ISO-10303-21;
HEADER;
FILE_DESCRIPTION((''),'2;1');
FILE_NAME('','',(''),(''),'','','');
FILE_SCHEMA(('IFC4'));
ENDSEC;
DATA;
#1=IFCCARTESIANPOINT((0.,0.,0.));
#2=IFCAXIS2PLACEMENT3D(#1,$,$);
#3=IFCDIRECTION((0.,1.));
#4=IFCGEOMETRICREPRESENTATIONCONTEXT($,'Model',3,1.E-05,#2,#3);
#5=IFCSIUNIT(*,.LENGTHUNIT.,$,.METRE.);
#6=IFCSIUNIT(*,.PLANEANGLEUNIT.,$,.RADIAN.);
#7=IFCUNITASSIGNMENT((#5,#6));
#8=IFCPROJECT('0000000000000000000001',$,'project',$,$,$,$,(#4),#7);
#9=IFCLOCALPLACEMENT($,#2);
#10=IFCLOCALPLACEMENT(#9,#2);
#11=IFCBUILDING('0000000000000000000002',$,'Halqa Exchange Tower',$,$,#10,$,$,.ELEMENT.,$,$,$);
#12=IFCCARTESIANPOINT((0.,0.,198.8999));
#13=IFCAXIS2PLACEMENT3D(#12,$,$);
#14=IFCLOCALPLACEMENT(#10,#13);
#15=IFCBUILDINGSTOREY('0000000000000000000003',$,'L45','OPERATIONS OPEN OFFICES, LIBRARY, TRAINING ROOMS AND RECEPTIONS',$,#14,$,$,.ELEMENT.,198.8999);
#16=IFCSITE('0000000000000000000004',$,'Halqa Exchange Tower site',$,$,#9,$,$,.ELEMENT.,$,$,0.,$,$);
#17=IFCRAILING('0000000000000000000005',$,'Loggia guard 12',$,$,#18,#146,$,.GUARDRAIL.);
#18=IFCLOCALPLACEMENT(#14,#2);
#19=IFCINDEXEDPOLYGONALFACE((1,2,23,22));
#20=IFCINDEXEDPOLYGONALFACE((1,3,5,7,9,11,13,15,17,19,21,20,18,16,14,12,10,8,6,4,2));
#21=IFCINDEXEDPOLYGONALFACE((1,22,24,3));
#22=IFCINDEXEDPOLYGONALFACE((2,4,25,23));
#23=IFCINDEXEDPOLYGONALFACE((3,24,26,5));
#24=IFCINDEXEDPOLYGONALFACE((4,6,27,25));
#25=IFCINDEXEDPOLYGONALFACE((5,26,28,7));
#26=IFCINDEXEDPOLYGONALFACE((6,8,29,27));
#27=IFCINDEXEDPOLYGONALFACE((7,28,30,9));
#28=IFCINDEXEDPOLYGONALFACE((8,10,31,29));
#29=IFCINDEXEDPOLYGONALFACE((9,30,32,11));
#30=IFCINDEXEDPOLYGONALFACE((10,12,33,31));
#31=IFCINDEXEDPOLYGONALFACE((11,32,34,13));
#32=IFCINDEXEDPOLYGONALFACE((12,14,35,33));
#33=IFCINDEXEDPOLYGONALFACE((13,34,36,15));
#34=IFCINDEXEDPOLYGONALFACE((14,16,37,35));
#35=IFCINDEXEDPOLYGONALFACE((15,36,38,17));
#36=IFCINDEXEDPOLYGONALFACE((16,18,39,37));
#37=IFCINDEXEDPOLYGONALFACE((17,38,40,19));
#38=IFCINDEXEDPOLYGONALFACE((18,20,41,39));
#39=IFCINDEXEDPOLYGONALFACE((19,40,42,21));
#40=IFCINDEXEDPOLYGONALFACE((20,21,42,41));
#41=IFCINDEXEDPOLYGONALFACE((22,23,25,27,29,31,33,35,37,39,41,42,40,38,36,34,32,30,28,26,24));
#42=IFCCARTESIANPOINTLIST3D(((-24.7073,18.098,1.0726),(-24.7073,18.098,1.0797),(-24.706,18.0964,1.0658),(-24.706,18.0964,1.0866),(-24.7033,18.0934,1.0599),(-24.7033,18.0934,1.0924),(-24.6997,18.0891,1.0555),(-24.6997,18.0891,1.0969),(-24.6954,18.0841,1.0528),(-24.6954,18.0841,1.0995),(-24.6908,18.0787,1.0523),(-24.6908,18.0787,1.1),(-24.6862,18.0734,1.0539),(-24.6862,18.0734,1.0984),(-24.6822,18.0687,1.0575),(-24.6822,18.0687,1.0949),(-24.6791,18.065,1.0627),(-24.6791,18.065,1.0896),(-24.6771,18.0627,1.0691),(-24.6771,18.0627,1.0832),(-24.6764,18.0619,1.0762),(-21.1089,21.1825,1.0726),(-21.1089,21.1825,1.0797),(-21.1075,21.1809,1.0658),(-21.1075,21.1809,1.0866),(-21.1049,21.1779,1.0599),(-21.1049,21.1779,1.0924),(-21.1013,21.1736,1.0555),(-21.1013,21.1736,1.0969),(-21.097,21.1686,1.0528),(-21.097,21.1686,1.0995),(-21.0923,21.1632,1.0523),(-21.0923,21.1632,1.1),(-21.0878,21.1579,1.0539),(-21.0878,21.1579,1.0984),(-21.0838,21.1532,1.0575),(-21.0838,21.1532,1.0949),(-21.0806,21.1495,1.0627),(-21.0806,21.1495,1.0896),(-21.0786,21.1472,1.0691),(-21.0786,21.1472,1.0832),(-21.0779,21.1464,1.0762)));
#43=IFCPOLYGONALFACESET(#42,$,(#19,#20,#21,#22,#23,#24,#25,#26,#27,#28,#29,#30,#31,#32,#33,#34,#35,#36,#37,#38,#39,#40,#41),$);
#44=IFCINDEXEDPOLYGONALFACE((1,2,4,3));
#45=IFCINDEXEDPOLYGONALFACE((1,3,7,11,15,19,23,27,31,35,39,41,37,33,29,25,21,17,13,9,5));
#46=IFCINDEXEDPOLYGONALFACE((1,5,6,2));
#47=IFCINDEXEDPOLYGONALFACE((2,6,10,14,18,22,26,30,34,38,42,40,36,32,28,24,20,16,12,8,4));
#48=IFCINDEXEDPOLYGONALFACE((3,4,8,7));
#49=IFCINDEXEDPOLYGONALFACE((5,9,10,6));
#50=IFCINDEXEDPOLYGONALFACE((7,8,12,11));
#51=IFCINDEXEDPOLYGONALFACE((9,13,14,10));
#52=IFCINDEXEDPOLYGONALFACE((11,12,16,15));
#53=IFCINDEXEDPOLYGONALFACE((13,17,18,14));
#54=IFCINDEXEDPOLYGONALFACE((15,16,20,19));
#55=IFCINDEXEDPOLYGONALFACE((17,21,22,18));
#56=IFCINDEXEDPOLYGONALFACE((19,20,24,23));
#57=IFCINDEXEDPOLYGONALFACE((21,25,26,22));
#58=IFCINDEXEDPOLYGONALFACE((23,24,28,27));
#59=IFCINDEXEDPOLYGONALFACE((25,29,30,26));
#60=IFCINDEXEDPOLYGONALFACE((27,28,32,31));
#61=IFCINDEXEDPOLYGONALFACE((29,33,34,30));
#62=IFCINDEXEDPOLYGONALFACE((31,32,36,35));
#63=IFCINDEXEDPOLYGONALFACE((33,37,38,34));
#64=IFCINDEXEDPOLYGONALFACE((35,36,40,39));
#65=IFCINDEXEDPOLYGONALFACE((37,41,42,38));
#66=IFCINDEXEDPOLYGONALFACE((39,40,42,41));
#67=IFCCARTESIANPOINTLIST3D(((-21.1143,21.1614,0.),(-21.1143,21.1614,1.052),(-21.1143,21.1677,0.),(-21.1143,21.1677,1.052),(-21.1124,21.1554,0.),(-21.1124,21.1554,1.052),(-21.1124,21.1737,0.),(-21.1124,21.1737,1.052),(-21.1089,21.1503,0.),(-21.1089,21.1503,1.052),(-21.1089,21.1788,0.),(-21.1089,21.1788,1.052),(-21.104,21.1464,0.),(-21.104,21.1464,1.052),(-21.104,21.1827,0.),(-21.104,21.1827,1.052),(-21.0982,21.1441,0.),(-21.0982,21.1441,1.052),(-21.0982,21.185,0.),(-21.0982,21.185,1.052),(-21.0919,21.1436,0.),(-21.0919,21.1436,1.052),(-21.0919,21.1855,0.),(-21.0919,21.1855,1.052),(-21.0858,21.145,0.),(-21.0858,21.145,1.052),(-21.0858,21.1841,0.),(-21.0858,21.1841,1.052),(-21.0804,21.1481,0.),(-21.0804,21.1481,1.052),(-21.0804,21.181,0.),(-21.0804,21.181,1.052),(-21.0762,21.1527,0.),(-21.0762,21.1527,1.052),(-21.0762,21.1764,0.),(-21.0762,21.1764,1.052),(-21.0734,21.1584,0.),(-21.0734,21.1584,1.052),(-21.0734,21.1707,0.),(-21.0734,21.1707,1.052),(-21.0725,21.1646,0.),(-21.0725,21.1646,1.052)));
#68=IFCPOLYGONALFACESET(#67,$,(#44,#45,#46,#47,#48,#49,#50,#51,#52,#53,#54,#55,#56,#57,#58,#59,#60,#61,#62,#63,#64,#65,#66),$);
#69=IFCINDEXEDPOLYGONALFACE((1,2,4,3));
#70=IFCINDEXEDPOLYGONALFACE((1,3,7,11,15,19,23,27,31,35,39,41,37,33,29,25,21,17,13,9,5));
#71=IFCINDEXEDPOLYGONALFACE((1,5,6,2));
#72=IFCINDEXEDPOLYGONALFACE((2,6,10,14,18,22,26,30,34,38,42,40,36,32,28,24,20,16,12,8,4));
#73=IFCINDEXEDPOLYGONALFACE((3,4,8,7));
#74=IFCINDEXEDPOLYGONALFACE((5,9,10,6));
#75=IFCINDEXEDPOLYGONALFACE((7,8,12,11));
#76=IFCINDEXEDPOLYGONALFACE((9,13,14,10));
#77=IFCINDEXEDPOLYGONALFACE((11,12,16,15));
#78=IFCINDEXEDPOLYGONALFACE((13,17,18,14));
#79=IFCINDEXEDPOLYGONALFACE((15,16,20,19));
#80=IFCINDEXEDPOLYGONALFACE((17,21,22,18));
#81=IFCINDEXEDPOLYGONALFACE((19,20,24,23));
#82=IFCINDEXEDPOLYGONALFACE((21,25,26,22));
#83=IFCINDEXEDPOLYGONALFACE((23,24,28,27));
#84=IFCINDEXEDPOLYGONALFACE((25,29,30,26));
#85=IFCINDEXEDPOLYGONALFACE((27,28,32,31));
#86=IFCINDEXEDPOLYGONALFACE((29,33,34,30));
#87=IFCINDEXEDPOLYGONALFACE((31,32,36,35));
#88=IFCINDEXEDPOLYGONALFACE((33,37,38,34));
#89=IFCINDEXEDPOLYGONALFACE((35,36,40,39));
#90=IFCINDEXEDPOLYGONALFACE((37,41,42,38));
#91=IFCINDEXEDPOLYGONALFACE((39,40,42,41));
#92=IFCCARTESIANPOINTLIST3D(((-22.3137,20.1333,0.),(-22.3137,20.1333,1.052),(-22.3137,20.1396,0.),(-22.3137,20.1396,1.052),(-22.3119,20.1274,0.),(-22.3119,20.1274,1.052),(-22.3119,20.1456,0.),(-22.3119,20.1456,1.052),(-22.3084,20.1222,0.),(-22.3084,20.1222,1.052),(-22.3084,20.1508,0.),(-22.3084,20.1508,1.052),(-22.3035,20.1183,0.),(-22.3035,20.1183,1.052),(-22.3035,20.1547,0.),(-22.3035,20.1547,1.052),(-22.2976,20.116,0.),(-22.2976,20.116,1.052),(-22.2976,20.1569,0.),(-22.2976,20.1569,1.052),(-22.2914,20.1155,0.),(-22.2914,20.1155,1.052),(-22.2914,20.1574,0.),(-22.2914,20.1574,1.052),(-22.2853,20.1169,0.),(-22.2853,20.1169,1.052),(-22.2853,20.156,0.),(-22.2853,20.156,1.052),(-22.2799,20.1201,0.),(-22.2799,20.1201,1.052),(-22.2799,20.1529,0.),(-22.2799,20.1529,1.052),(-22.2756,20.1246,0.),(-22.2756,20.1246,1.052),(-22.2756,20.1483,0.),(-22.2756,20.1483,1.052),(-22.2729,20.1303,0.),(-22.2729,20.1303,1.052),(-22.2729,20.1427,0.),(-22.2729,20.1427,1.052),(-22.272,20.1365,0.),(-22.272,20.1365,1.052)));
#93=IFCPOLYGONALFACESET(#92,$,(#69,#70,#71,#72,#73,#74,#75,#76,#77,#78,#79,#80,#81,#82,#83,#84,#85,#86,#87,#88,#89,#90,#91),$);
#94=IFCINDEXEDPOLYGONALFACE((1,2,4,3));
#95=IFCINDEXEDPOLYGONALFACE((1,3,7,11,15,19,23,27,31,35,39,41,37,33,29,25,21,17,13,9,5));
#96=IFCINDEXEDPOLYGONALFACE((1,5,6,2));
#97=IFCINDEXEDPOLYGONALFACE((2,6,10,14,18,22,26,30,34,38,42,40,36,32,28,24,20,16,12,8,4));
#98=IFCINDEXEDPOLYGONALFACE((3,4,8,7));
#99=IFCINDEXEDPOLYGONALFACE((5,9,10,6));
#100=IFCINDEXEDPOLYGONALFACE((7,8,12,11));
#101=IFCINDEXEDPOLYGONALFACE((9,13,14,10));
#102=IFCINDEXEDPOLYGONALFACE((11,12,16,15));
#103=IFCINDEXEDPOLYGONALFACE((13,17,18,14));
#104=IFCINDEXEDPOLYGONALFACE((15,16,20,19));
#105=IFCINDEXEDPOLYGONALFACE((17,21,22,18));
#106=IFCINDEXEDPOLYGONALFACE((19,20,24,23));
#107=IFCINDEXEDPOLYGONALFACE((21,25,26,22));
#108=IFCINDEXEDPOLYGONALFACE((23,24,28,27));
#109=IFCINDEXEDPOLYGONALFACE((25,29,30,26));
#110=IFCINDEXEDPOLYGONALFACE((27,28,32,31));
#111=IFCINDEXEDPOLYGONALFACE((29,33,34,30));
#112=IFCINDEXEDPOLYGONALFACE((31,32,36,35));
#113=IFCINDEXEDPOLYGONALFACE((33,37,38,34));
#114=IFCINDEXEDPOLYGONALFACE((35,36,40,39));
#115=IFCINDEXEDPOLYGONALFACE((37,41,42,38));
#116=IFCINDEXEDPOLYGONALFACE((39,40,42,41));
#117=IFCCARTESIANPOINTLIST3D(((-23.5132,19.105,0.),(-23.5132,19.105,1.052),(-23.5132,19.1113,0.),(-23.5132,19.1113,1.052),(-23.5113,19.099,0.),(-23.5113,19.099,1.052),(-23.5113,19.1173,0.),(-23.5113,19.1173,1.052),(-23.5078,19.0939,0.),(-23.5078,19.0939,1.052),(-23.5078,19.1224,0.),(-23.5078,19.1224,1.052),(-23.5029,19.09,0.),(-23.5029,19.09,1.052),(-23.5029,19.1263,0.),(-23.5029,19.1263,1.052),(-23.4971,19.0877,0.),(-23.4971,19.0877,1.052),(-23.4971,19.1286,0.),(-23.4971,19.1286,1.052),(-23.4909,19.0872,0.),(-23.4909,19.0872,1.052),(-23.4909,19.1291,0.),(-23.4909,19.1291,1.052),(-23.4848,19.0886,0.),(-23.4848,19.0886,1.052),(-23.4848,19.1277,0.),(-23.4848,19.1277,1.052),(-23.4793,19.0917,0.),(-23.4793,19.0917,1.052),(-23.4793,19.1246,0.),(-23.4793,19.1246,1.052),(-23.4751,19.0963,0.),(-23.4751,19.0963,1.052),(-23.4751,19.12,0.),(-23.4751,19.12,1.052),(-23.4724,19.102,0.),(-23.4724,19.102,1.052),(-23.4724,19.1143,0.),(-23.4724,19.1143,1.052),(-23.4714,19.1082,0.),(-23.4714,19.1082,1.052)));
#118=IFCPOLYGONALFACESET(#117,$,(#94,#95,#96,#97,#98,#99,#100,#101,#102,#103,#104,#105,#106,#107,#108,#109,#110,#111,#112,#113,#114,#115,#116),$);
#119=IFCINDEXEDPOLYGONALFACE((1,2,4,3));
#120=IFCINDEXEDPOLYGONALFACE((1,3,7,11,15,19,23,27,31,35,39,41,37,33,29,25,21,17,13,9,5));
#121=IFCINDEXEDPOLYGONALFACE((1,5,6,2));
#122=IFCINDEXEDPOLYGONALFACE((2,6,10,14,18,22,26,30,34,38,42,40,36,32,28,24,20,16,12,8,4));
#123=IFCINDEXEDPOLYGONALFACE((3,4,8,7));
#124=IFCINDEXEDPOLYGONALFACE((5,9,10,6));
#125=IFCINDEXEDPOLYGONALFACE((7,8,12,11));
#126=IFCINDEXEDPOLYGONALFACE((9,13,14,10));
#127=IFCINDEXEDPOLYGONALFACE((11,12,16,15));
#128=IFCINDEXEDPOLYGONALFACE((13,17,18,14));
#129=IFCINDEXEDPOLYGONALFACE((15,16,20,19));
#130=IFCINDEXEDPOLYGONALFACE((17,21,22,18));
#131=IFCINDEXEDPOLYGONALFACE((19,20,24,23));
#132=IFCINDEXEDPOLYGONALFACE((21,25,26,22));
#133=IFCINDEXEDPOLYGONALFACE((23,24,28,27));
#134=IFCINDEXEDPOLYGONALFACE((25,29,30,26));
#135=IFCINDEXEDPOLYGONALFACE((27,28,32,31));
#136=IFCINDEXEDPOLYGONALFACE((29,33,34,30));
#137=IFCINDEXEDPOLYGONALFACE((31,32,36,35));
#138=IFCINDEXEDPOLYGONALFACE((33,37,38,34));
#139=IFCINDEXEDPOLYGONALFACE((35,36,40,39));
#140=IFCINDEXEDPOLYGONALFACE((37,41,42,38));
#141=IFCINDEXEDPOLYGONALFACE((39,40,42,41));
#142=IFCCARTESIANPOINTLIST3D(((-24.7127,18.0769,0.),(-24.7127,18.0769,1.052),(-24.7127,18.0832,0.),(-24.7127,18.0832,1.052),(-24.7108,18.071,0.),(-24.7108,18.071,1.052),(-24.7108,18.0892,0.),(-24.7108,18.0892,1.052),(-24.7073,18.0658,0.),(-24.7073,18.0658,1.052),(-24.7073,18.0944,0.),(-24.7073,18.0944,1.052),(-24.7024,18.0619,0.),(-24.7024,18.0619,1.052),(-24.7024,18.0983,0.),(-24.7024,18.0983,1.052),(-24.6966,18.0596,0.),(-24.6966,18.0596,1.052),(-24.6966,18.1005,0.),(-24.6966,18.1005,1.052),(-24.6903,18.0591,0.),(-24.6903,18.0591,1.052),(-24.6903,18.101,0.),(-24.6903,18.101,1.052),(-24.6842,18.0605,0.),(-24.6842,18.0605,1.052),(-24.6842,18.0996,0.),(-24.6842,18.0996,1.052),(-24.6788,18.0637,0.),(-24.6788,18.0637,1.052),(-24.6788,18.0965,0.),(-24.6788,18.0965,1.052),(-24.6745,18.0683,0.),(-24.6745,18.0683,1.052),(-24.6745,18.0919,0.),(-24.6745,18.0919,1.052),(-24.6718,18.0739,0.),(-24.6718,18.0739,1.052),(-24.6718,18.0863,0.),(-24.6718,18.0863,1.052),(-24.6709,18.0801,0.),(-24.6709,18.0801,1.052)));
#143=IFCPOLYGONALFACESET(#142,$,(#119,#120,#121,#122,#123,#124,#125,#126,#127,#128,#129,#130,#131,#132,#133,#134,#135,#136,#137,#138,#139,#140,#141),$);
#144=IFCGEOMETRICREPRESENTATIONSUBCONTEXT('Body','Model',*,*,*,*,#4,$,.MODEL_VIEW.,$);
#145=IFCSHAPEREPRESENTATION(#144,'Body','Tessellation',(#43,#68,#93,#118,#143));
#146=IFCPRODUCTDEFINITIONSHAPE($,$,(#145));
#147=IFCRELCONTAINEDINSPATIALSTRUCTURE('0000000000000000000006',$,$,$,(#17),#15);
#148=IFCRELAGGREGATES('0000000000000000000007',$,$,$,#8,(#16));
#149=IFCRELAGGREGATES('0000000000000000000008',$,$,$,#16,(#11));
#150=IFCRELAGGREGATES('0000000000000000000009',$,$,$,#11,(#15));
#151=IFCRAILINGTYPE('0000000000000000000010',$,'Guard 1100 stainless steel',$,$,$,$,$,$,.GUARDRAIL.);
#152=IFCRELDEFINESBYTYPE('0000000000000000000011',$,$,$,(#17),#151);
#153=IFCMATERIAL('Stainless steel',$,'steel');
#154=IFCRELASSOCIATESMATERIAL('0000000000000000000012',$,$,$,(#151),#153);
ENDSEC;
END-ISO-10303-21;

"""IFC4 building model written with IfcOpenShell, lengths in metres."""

from ifc_helpers import new_model, si_unit, direction, frame, origin, origin_2d, place, context, subcontext, project, spatial, circle, extrude, material, type_object, element, save


model = new_model("IFC4")

# Units and contexts
model_context = context("Model", 3, precision=1e-05, world=origin(), true_north=direction((0.0, 1.0)))
body_context = subcontext(model_context, "Body", "Model", "MODEL_VIEW")
ifc_project = project(units=[si_unit("LENGTHUNIT", "METRE"), si_unit("PLANEANGLEUNIT", "RADIAN")], contexts=[model_context])

# Site, building, storey
site_placement = place(None, origin())
site = spatial("IfcSite", under=ifc_project, at=site_placement, Name="Halqa Exchange Tower site", CompositionType="ELEMENT", RefElevation=0.0)
building_placement = place(site_placement, origin())
building = spatial("IfcBuilding", under=site, at=building_placement, Name="Halqa Exchange Tower", CompositionType="ELEMENT")
storey_placement = place(building_placement, frame((0.0, 0.0, 198.8999)))
storey = spatial("IfcBuildingStorey", under=building, at=storey_placement, Name="L45", Description="OPERATIONS OPEN OFFICES, LIBRARY, TRAINING ROOMS AND RECEPTIONS", CompositionType="ELEMENT", Elevation=198.8999)

# Railing
ifc_material_1 = material(Name="Stainless steel", Category="steel")
railing_type = type_object("IfcRailingType", Name="Guard 1100 stainless steel", PredefinedType="GUARDRAIL", material=ifc_material_1)
railing_1_placement = place(storey_placement, frame((-21.0935, 21.1646, 0.0)))
element("IfcRailing", 1, at=railing_1_placement, inside=storey, type_object=railing_type, Name="Loggia guard 12", PredefinedType="GUARDRAIL", context=body_context, shape_type="SweptSolid", body=[
    extrude(circle(Radius=0.0239, at=origin_2d()), frame((0.0, 0.0, 1.0762), z_axis=(-0.759242, -0.650808, 0.0), x_axis=(0.650808, -0.759242, 0.0)), (0.0, 0.0, 1.0), 4.7395),
    extrude(circle(Radius=0.021, at=origin_2d()), origin(), (0.0, 0.0, 1.0), 1.052),
    extrude(circle(Radius=0.021, at=origin_2d()), frame((-1.1995, -1.0281, 0.0)), (0.0, 0.0, 1.0), 1.052),
    extrude(circle(Radius=0.021, at=origin_2d()), frame((-2.3989, -2.0564, 0.0)), (0.0, 0.0, 1.0), 1.052),
    extrude(circle(Radius=0.021, at=origin_2d()), frame((-3.5984, -3.0845, 0.0)), (0.0, 0.0, 1.0), 1.052),
])

save(model, "model.ifc")
